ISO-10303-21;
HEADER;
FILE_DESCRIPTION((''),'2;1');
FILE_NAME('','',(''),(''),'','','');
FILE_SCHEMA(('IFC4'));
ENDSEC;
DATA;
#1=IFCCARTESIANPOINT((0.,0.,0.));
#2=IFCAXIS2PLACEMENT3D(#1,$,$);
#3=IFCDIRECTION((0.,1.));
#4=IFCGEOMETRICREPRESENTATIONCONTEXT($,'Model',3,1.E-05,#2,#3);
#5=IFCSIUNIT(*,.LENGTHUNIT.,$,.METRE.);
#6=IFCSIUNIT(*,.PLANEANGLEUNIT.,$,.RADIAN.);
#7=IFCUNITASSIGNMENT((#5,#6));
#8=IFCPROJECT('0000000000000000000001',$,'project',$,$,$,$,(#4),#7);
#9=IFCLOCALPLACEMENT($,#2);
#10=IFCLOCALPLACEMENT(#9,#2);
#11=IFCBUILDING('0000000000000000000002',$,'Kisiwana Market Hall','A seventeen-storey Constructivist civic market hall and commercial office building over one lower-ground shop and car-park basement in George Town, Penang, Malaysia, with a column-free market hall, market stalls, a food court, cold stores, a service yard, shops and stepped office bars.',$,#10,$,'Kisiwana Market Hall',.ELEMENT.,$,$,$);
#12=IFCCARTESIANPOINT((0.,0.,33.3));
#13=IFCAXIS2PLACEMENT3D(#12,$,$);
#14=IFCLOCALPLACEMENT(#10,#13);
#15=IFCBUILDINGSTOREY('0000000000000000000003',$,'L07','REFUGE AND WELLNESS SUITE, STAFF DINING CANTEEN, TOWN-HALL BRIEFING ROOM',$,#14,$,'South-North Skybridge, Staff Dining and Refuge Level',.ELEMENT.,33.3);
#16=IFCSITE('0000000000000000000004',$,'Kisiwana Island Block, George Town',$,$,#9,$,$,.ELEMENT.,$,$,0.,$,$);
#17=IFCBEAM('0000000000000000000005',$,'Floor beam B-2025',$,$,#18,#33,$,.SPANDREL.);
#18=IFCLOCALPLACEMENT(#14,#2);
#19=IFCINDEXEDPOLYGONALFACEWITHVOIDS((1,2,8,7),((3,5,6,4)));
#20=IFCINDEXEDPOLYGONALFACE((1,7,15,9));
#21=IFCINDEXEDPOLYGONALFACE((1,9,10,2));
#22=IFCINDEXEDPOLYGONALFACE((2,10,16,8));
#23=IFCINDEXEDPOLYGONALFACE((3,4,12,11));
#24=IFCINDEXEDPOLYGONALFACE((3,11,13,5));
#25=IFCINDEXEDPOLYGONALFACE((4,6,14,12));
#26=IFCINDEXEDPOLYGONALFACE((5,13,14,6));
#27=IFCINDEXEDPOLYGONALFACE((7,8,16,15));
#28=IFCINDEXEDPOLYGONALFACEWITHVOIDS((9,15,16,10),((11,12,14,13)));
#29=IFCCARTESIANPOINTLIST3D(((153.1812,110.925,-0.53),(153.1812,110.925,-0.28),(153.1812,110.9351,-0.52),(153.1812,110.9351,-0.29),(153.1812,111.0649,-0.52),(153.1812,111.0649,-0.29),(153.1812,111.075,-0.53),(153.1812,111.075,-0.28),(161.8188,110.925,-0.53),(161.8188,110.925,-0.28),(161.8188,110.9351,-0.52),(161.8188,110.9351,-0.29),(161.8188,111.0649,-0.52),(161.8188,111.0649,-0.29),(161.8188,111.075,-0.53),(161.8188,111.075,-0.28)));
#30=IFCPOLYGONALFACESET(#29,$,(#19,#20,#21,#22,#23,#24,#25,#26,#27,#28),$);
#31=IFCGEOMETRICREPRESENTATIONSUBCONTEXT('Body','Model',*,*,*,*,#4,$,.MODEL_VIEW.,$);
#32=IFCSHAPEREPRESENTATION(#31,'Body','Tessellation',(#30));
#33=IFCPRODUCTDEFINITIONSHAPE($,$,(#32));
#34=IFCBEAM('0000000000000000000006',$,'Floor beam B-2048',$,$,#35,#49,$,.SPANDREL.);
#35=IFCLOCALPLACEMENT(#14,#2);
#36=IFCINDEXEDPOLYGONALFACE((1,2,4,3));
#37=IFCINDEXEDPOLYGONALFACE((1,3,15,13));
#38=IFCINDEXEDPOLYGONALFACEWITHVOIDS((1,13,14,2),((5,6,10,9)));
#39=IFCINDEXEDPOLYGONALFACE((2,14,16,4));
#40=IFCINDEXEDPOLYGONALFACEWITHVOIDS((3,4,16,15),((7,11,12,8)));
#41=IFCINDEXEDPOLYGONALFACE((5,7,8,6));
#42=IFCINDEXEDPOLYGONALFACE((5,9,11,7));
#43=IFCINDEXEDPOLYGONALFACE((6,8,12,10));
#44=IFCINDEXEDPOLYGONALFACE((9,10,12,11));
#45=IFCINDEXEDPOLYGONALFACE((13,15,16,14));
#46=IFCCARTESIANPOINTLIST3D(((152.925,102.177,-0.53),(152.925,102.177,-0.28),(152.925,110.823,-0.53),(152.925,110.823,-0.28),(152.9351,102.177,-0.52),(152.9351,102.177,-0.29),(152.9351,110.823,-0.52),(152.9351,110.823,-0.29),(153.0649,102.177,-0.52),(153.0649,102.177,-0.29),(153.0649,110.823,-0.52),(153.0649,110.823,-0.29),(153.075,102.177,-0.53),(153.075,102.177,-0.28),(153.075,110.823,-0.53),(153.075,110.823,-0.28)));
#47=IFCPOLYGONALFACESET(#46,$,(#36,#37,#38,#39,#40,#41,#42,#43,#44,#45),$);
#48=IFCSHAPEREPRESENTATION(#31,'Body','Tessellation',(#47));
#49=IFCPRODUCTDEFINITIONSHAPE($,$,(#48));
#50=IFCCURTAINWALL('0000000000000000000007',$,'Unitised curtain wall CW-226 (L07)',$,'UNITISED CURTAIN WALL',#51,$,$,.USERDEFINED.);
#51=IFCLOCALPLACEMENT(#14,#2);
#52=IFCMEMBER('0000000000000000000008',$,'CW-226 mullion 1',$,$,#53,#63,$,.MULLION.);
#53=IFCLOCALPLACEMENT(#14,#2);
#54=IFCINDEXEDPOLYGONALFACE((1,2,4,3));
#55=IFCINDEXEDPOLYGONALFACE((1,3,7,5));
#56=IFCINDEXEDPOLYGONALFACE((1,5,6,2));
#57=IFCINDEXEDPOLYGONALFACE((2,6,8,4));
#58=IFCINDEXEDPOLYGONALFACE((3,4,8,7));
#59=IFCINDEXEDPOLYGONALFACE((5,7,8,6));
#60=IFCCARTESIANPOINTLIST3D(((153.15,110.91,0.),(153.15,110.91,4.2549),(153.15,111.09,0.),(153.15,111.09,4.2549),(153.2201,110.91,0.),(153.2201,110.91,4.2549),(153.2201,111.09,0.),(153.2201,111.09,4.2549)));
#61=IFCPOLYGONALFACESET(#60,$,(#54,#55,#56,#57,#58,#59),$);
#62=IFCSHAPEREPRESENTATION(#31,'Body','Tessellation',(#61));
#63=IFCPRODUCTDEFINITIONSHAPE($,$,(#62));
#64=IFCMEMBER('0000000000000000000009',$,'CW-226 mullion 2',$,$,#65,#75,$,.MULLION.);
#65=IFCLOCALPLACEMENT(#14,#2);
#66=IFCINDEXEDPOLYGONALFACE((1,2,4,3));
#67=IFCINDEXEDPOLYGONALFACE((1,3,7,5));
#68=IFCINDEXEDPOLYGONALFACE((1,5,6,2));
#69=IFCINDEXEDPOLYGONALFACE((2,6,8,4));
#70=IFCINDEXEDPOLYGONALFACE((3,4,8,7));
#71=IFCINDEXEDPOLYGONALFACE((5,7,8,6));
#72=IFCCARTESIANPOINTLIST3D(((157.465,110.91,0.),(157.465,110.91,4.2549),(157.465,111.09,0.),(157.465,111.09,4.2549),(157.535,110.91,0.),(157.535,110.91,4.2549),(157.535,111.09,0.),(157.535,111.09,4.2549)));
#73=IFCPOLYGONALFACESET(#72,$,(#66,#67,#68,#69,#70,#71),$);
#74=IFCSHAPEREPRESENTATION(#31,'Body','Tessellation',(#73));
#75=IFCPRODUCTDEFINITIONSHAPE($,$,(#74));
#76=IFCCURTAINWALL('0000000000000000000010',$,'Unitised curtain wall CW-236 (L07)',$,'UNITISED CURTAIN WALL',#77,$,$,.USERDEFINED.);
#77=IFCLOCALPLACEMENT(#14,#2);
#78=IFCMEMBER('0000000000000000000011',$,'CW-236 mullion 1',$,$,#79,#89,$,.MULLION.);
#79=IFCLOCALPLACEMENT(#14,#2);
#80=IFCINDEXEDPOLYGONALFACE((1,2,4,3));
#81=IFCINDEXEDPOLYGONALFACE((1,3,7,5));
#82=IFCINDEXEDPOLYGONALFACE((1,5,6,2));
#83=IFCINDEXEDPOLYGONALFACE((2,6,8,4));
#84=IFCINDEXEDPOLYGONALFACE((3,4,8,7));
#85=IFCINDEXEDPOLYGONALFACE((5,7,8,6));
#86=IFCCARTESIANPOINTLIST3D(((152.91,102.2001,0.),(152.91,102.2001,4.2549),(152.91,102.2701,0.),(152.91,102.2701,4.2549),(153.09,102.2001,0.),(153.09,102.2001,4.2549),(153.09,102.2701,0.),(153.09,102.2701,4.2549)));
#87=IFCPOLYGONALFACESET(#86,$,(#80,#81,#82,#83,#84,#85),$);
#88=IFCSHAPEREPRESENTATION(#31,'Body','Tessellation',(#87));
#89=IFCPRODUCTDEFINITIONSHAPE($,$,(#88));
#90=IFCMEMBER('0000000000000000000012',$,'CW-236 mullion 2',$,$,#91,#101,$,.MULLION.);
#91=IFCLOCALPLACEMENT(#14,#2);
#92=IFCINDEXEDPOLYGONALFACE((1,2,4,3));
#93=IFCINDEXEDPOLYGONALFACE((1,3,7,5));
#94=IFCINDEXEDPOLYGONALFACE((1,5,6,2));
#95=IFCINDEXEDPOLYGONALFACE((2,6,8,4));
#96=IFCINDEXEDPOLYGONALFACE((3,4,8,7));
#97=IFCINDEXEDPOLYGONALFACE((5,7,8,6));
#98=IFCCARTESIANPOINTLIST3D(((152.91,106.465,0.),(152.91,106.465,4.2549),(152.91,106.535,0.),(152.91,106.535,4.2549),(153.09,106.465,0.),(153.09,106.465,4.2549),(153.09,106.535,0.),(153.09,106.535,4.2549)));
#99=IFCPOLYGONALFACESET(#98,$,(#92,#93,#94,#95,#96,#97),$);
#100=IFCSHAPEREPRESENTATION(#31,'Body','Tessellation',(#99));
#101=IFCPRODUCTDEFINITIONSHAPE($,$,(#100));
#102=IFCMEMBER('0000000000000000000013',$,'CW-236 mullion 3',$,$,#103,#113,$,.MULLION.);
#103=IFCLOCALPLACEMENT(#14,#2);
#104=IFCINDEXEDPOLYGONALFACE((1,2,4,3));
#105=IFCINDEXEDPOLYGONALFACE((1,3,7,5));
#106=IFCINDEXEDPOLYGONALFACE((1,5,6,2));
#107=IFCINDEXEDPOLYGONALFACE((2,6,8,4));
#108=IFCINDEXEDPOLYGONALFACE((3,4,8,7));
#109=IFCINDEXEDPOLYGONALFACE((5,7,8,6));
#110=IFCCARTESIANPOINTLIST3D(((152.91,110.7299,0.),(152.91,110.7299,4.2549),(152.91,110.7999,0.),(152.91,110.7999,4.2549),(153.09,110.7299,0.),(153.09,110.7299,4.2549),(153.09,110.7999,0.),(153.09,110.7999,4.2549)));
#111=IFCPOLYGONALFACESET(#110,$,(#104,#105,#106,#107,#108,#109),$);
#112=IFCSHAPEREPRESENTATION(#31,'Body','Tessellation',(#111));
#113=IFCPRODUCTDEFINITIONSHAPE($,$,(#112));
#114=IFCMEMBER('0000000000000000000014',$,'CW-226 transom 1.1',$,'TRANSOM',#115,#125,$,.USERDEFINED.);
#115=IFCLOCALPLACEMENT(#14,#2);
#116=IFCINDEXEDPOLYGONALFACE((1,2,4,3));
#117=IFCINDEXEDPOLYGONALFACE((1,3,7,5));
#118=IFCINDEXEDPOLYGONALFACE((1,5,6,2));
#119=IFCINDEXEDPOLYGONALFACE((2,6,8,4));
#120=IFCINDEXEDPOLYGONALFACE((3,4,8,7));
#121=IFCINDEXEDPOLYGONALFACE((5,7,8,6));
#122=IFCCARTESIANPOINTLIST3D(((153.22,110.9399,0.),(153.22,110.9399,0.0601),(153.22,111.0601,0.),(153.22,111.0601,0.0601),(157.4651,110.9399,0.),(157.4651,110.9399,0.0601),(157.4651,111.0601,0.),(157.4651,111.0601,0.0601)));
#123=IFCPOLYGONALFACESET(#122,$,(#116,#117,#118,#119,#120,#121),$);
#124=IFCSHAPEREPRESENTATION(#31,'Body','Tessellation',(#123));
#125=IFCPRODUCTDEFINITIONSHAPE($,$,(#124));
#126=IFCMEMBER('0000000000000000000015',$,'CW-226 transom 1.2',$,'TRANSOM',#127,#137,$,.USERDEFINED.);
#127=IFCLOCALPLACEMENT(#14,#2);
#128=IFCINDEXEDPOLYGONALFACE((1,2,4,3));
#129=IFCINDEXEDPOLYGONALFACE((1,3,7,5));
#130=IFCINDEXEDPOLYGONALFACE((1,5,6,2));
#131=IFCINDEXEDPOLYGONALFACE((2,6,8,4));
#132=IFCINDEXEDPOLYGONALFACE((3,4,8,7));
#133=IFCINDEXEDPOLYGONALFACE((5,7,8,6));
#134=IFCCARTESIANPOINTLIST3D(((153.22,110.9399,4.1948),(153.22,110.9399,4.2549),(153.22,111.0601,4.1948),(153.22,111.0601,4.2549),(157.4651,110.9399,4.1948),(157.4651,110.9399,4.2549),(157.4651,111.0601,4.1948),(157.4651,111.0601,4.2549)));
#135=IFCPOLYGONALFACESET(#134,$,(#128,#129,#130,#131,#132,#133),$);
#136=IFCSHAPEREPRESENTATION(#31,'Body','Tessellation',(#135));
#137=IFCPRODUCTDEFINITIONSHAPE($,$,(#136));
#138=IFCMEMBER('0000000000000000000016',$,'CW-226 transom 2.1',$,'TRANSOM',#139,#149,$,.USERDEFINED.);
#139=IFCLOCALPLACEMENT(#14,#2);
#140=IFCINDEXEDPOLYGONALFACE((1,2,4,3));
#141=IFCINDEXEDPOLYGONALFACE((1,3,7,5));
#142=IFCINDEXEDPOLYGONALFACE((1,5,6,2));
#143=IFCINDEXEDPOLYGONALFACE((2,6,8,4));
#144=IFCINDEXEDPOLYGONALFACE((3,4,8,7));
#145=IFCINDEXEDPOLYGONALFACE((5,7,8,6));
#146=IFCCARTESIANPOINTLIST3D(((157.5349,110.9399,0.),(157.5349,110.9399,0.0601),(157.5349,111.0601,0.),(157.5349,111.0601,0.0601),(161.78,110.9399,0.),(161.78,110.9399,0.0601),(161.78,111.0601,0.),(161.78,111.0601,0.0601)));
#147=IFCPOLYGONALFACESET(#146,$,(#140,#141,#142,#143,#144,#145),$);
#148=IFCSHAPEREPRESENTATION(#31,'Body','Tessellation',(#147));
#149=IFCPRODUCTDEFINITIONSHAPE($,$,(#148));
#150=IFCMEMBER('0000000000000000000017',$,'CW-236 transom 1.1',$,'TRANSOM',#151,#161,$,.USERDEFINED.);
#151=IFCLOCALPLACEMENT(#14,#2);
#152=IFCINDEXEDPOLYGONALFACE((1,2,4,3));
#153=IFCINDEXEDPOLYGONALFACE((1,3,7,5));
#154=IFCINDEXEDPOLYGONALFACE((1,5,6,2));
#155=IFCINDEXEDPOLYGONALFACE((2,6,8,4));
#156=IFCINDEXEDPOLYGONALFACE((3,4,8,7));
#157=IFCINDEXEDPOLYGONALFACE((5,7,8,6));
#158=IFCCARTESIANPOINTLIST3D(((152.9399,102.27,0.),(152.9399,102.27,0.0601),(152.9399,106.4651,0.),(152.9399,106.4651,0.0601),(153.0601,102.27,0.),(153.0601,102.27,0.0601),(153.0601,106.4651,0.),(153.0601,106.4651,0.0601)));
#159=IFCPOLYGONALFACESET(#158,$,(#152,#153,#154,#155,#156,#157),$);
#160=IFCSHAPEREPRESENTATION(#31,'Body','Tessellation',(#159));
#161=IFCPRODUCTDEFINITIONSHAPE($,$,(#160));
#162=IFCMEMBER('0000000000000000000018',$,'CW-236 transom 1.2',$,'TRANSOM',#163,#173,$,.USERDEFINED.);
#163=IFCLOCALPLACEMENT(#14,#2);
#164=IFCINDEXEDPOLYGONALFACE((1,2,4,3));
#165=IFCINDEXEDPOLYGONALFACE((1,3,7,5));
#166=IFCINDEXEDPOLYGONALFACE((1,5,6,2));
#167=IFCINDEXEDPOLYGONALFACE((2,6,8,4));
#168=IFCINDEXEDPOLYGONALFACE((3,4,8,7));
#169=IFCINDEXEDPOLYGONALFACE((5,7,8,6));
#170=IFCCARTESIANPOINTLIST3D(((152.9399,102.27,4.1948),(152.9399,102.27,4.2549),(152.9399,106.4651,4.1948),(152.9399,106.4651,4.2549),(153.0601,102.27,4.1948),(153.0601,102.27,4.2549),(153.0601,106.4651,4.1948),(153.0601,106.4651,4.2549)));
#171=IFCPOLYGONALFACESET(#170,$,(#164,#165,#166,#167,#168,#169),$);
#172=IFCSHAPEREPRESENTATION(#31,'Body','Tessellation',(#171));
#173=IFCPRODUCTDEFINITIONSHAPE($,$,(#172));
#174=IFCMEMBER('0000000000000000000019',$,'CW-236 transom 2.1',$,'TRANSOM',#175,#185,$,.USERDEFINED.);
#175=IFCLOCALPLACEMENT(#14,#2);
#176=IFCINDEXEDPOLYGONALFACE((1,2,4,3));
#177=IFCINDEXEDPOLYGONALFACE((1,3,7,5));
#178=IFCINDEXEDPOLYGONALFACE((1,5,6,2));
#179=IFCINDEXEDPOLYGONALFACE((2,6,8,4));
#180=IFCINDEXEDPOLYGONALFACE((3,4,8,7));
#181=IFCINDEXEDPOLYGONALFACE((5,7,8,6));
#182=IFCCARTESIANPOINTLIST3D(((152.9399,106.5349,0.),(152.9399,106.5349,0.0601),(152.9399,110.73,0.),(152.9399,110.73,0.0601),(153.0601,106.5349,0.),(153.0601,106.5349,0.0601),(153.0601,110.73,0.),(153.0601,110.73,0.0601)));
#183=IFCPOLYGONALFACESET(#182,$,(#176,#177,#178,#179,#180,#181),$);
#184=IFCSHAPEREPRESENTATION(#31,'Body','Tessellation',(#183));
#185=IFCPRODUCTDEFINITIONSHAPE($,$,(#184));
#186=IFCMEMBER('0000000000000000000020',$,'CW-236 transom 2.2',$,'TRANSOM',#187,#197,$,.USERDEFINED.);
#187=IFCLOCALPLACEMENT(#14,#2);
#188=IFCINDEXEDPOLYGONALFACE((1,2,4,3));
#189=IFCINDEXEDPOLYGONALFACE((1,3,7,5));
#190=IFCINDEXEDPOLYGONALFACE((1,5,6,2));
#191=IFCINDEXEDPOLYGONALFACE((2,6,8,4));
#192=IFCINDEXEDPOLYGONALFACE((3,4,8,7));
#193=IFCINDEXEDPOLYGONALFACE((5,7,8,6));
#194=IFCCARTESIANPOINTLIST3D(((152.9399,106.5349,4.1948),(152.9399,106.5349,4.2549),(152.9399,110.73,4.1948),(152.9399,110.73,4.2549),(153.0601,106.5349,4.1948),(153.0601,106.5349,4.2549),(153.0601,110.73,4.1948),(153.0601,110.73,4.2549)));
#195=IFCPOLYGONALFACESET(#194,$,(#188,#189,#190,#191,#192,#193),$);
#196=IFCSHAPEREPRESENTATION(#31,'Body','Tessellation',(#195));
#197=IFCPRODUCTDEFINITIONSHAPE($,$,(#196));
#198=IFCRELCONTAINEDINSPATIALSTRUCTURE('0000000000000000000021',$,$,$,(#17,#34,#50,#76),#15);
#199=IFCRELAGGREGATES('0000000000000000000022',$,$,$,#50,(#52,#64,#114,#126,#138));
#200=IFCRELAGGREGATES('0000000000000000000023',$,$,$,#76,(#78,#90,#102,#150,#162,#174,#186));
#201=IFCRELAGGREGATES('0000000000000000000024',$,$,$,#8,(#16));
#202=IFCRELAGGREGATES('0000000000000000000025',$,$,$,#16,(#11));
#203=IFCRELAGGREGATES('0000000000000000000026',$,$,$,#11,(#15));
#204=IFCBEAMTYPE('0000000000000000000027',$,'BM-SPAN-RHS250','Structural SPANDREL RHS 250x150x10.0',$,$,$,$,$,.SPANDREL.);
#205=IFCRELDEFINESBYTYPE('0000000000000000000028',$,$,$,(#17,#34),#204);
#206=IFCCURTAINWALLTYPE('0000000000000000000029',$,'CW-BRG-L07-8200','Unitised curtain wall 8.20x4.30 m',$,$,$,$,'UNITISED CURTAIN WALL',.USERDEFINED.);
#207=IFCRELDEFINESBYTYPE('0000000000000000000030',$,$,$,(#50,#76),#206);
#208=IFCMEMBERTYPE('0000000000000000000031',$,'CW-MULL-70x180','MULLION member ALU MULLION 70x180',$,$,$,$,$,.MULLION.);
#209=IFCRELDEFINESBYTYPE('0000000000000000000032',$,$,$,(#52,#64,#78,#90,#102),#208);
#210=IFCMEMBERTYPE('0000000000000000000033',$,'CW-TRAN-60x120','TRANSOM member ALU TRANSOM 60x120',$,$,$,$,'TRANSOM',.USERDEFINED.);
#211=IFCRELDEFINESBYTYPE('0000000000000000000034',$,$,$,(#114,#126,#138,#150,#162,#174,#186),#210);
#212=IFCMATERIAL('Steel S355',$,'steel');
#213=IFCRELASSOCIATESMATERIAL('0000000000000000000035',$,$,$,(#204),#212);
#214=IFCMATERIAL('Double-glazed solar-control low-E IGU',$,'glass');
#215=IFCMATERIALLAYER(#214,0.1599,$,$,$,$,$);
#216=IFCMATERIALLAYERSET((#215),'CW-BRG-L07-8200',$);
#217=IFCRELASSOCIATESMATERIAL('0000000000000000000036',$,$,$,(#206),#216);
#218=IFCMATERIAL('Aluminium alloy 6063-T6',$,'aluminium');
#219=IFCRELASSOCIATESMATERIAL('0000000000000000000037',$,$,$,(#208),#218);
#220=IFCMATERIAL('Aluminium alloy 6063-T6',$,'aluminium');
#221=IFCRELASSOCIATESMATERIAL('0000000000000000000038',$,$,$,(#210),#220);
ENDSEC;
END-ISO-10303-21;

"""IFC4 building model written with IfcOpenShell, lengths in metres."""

from ifc_helpers import new_model, si_unit, direction, frame, origin, origin_2d, place, context, subcontext, project, spatial, rectangle, hollow_rectangle, extrude, material, layer, layer_set, material_profile, profile_set, type_object, element, aggregate, save


model = new_model("IFC4")

# Units and contexts
model_context = context("Model", 3, precision=1e-05, world=origin(), true_north=direction((0.0, 1.0)))
body_context = subcontext(model_context, "Body", "Model", "MODEL_VIEW")
ifc_project = project(units=[si_unit("LENGTHUNIT", "METRE"), si_unit("PLANEANGLEUNIT", "RADIAN")], contexts=[model_context])

# Site, building, storey
site_placement = place(None, origin())
site = spatial("IfcSite", under=ifc_project, at=site_placement, Name="Kisiwana Island Block, George Town", CompositionType="ELEMENT", RefElevation=0.0)
building_placement = place(site_placement, origin())
building = spatial("IfcBuilding", under=site, at=building_placement, Name="Kisiwana Market Hall", Description="A seventeen-storey Constructivist civic market hall and commercial office building over one lower-ground shop and car-park basement in George Town, Penang, Malaysia, with a column-free market hall, market stalls, a food court, cold stores, a service yard, shops and stepped office bars.", LongName="Kisiwana Market Hall", CompositionType="ELEMENT")
storey_placement = place(building_placement, frame((0.0, 0.0, 33.3)))
storey = spatial("IfcBuildingStorey", under=building, at=storey_placement, Name="L07", Description="REFUGE AND WELLNESS SUITE, STAFF DINING CANTEEN, TOWN-HALL BRIEFING ROOM", LongName="South-North Skybridge, Staff Dining and Refuge Level", CompositionType="ELEMENT", Elevation=33.3)

# Beams
ifc_material_1 = material(Name="Steel S355", Category="steel")
ifc_material_profile_1 = material_profile(ifc_material_1, hollow_rectangle(XDim=0.1499, YDim=0.25, WallThickness=0.01, at=origin_2d()), Name="RHS 250x150x10.0")
ifc_profile_set_1 = profile_set([ifc_material_profile_1], Name="Steel S355")
beam_type_1 = type_object("IfcBeamType", Name="BM-SPAN-RHS250", Description="Structural SPANDREL RHS 250x150x10.0", PredefinedType="SPANDREL", material=ifc_profile_set_1)
beam_1_placement = place(storey_placement, frame((153.1812, 111.0, -0.405), z_axis=(1.0, 0.0, 0.0), x_axis=(0.0, 1.0, 0.0)))
element("IfcBeam", 1, at=beam_1_placement, inside=storey, type_object=beam_type_1, Name="Floor beam B-2025", PredefinedType="SPANDREL", context=body_context, shape_type="SweptSolid", body=[
    extrude(hollow_rectangle(XDim=0.1499, YDim=0.25, WallThickness=0.01, at=origin_2d()), origin(), (0.0, 0.0, 1.0), 8.6377),
])
beam_2_placement = place(storey_placement, frame((153.0, 102.177, -0.405), z_axis=(0.0, 1.0, 0.0), x_axis=(-1.0, 0.0, 0.0)))
element("IfcBeam", 2, at=beam_2_placement, inside=storey, type_object=beam_type_1, Name="Floor beam B-2048", PredefinedType="SPANDREL", context=body_context, shape_type="SweptSolid", body=[
    extrude(hollow_rectangle(XDim=0.1499, YDim=0.25, WallThickness=0.01, at=origin_2d()), origin(), (0.0, 0.0, 1.0), 8.646),
])

# Curtain walls, members
ifc_material_2 = material(Name="Double-glazed solar-control low-E IGU", Category="glass")
ifc_layer_1 = layer(ifc_material_2, 0.1599)
ifc_layer_set_1 = layer_set([ifc_layer_1], Name="CW-BRG-L07-8200")
curtain_wall_type = type_object("IfcCurtainWallType", Name="CW-BRG-L07-8200", Description="Unitised curtain wall 8.20x4.30 m", ElementType="UNITISED CURTAIN WALL", PredefinedType="USERDEFINED", material=ifc_layer_set_1)
curtain_wall_1_placement = place(storey_placement, origin())
curtain_wall_1 = element("IfcCurtainWall", 3, at=curtain_wall_1_placement, inside=storey, type_object=curtain_wall_type, Name="Unitised curtain wall CW-226 (L07)", ObjectType="UNITISED CURTAIN WALL", PredefinedType="USERDEFINED")
ifc_material_3 = material(Name="Aluminium alloy 6063-T6", Category="aluminium")
ifc_material_profile_2 = material_profile(ifc_material_3, rectangle(XDim=0.0701, YDim=0.1799, at=origin_2d()), Name="ALU MULLION 70x180")
ifc_profile_set_2 = profile_set([ifc_material_profile_2], Name="Aluminium alloy 6063-T6")
member_type_1 = type_object("IfcMemberType", Name="CW-MULL-70x180", Description="MULLION member ALU MULLION 70x180", PredefinedType="MULLION", material=ifc_profile_set_2)
member_1_placement = place(storey_placement, frame((153.1851, 111.0, 0.0), z_axis=(0.0, 0.0, 1.0), x_axis=(1.0, 0.0, 0.0)))
member_1 = element("IfcMember", 4, at=member_1_placement, type_object=member_type_1, Name="CW-226 mullion 1", PredefinedType="MULLION", context=body_context, shape_type="SweptSolid", body=[
    extrude(rectangle(XDim=0.0701, YDim=0.1799, at=origin_2d()), origin(), (0.0, 0.0, 1.0), 4.2549),
])
member_2_placement = place(storey_placement, frame((157.5, 111.0, 0.0), z_axis=(0.0, 0.0, 1.0), x_axis=(1.0, 0.0, 0.0)))
member_2 = element("IfcMember", 5, at=member_2_placement, type_object=member_type_1, Name="CW-226 mullion 2", PredefinedType="MULLION", context=body_context, shape_type="SweptSolid", body=[
    extrude(rectangle(XDim=0.0701, YDim=0.1799, at=origin_2d()), origin(), (0.0, 0.0, 1.0), 4.2549),
])
curtain_wall_2_placement = place(storey_placement, origin())
curtain_wall_2 = element("IfcCurtainWall", 6, at=curtain_wall_2_placement, inside=storey, type_object=curtain_wall_type, Name="Unitised curtain wall CW-236 (L07)", ObjectType="UNITISED CURTAIN WALL", PredefinedType="USERDEFINED")
member_3_placement = place(storey_placement, frame((153.0, 102.2351, 0.0), z_axis=(0.0, 0.0, 1.0), x_axis=(0.0, 1.0, 0.0)))
member_3 = element("IfcMember", 7, at=member_3_placement, type_object=member_type_1, Name="CW-236 mullion 1", PredefinedType="MULLION", context=body_context, shape_type="SweptSolid", body=[
    extrude(rectangle(XDim=0.0701, YDim=0.1799, at=origin_2d()), origin(), (0.0, 0.0, 1.0), 4.2549),
])
member_4_placement = place(storey_placement, frame((153.0, 106.5, 0.0), z_axis=(0.0, 0.0, 1.0), x_axis=(0.0, 1.0, 0.0)))
member_4 = element("IfcMember", 8, at=member_4_placement, type_object=member_type_1, Name="CW-236 mullion 2", PredefinedType="MULLION", context=body_context, shape_type="SweptSolid", body=[
    extrude(rectangle(XDim=0.0701, YDim=0.1799, at=origin_2d()), origin(), (0.0, 0.0, 1.0), 4.2549),
])
member_5_placement = place(storey_placement, frame((153.0, 110.7649, 0.0), z_axis=(0.0, 0.0, 1.0), x_axis=(0.0, 1.0, 0.0)))
member_5 = element("IfcMember", 9, at=member_5_placement, type_object=member_type_1, Name="CW-236 mullion 3", PredefinedType="MULLION", context=body_context, shape_type="SweptSolid", body=[
    extrude(rectangle(XDim=0.0701, YDim=0.1799, at=origin_2d()), origin(), (0.0, 0.0, 1.0), 4.2549),
])

# Members
ifc_material_4 = material(Name="Aluminium alloy 6063-T6", Category="aluminium")
ifc_material_profile_3 = material_profile(ifc_material_4, rectangle(XDim=0.1201, YDim=0.0601, at=origin_2d()), Name="ALU TRANSOM 60x120")
ifc_profile_set_3 = profile_set([ifc_material_profile_3], Name="Aluminium alloy 6063-T6")
member_type_2 = type_object("IfcMemberType", Name="CW-TRAN-60x120", Description="TRANSOM member ALU TRANSOM 60x120", ElementType="TRANSOM", PredefinedType="USERDEFINED", material=ifc_profile_set_3)
member_6_placement = place(storey_placement, frame((153.22, 111.0, 0.03), z_axis=(1.0, 0.0, 0.0), x_axis=(0.0, 1.0, 0.0)))
member_6 = element("IfcMember", 10, at=member_6_placement, type_object=member_type_2, Name="CW-226 transom 1.1", ObjectType="TRANSOM", PredefinedType="USERDEFINED", context=body_context, shape_type="SweptSolid", body=[
    extrude(rectangle(XDim=0.1201, YDim=0.0601, at=origin_2d()), origin(), (0.0, 0.0, 1.0), 4.2451),
])
member_7_placement = place(storey_placement, frame((153.22, 111.0, 4.2249), z_axis=(1.0, 0.0, 0.0), x_axis=(0.0, 1.0, 0.0)))
member_7 = element("IfcMember", 11, at=member_7_placement, type_object=member_type_2, Name="CW-226 transom 1.2", ObjectType="TRANSOM", PredefinedType="USERDEFINED", context=body_context, shape_type="SweptSolid", body=[
    extrude(rectangle(XDim=0.1201, YDim=0.0601, at=origin_2d()), origin(), (0.0, 0.0, 1.0), 4.2451),
])
member_8_placement = place(storey_placement, frame((157.5349, 111.0, 0.03), z_axis=(1.0, 0.0, 0.0), x_axis=(0.0, 1.0, 0.0)))
member_8 = element("IfcMember", 12, at=member_8_placement, type_object=member_type_2, Name="CW-226 transom 2.1", ObjectType="TRANSOM", PredefinedType="USERDEFINED", context=body_context, shape_type="SweptSolid", body=[
    extrude(rectangle(XDim=0.1201, YDim=0.0601, at=origin_2d()), origin(), (0.0, 0.0, 1.0), 4.2451),
])
member_9_placement = place(storey_placement, frame((153.0, 102.27, 0.03), z_axis=(0.0, 1.0, 0.0), x_axis=(-1.0, 0.0, 0.0)))
member_9 = element("IfcMember", 13, at=member_9_placement, type_object=member_type_2, Name="CW-236 transom 1.1", ObjectType="TRANSOM", PredefinedType="USERDEFINED", context=body_context, shape_type="SweptSolid", body=[
    extrude(rectangle(XDim=0.1201, YDim=0.0601, at=origin_2d()), origin(), (0.0, 0.0, 1.0), 4.1951),
])
member_10_placement = place(storey_placement, frame((153.0, 102.27, 4.2249), z_axis=(0.0, 1.0, 0.0), x_axis=(-1.0, 0.0, 0.0)))
member_10 = element("IfcMember", 14, at=member_10_placement, type_object=member_type_2, Name="CW-236 transom 1.2", ObjectType="TRANSOM", PredefinedType="USERDEFINED", context=body_context, shape_type="SweptSolid", body=[
    extrude(rectangle(XDim=0.1201, YDim=0.0601, at=origin_2d()), origin(), (0.0, 0.0, 1.0), 4.1951),
])
member_11_placement = place(storey_placement, frame((153.0, 106.5349, 0.03), z_axis=(0.0, 1.0, 0.0), x_axis=(-1.0, 0.0, 0.0)))
member_11 = element("IfcMember", 15, at=member_11_placement, type_object=member_type_2, Name="CW-236 transom 2.1", ObjectType="TRANSOM", PredefinedType="USERDEFINED", context=body_context, shape_type="SweptSolid", body=[
    extrude(rectangle(XDim=0.1201, YDim=0.0601, at=origin_2d()), origin(), (0.0, 0.0, 1.0), 4.1951),
])
member_12_placement = place(storey_placement, frame((153.0, 106.5349, 4.2249), z_axis=(0.0, 1.0, 0.0), x_axis=(-1.0, 0.0, 0.0)))
member_12 = element("IfcMember", 16, at=member_12_placement, type_object=member_type_2, Name="CW-236 transom 2.2", ObjectType="TRANSOM", PredefinedType="USERDEFINED", context=body_context, shape_type="SweptSolid", body=[
    extrude(rectangle(XDim=0.1201, YDim=0.0601, at=origin_2d()), origin(), (0.0, 0.0, 1.0), 4.1951),
])

aggregate(curtain_wall_1, [member_1, member_2, member_6, member_7, member_8])
aggregate(curtain_wall_2, [member_3, member_4, member_5, member_9, member_10, member_11, member_12])

save(model, "model.ifc")
